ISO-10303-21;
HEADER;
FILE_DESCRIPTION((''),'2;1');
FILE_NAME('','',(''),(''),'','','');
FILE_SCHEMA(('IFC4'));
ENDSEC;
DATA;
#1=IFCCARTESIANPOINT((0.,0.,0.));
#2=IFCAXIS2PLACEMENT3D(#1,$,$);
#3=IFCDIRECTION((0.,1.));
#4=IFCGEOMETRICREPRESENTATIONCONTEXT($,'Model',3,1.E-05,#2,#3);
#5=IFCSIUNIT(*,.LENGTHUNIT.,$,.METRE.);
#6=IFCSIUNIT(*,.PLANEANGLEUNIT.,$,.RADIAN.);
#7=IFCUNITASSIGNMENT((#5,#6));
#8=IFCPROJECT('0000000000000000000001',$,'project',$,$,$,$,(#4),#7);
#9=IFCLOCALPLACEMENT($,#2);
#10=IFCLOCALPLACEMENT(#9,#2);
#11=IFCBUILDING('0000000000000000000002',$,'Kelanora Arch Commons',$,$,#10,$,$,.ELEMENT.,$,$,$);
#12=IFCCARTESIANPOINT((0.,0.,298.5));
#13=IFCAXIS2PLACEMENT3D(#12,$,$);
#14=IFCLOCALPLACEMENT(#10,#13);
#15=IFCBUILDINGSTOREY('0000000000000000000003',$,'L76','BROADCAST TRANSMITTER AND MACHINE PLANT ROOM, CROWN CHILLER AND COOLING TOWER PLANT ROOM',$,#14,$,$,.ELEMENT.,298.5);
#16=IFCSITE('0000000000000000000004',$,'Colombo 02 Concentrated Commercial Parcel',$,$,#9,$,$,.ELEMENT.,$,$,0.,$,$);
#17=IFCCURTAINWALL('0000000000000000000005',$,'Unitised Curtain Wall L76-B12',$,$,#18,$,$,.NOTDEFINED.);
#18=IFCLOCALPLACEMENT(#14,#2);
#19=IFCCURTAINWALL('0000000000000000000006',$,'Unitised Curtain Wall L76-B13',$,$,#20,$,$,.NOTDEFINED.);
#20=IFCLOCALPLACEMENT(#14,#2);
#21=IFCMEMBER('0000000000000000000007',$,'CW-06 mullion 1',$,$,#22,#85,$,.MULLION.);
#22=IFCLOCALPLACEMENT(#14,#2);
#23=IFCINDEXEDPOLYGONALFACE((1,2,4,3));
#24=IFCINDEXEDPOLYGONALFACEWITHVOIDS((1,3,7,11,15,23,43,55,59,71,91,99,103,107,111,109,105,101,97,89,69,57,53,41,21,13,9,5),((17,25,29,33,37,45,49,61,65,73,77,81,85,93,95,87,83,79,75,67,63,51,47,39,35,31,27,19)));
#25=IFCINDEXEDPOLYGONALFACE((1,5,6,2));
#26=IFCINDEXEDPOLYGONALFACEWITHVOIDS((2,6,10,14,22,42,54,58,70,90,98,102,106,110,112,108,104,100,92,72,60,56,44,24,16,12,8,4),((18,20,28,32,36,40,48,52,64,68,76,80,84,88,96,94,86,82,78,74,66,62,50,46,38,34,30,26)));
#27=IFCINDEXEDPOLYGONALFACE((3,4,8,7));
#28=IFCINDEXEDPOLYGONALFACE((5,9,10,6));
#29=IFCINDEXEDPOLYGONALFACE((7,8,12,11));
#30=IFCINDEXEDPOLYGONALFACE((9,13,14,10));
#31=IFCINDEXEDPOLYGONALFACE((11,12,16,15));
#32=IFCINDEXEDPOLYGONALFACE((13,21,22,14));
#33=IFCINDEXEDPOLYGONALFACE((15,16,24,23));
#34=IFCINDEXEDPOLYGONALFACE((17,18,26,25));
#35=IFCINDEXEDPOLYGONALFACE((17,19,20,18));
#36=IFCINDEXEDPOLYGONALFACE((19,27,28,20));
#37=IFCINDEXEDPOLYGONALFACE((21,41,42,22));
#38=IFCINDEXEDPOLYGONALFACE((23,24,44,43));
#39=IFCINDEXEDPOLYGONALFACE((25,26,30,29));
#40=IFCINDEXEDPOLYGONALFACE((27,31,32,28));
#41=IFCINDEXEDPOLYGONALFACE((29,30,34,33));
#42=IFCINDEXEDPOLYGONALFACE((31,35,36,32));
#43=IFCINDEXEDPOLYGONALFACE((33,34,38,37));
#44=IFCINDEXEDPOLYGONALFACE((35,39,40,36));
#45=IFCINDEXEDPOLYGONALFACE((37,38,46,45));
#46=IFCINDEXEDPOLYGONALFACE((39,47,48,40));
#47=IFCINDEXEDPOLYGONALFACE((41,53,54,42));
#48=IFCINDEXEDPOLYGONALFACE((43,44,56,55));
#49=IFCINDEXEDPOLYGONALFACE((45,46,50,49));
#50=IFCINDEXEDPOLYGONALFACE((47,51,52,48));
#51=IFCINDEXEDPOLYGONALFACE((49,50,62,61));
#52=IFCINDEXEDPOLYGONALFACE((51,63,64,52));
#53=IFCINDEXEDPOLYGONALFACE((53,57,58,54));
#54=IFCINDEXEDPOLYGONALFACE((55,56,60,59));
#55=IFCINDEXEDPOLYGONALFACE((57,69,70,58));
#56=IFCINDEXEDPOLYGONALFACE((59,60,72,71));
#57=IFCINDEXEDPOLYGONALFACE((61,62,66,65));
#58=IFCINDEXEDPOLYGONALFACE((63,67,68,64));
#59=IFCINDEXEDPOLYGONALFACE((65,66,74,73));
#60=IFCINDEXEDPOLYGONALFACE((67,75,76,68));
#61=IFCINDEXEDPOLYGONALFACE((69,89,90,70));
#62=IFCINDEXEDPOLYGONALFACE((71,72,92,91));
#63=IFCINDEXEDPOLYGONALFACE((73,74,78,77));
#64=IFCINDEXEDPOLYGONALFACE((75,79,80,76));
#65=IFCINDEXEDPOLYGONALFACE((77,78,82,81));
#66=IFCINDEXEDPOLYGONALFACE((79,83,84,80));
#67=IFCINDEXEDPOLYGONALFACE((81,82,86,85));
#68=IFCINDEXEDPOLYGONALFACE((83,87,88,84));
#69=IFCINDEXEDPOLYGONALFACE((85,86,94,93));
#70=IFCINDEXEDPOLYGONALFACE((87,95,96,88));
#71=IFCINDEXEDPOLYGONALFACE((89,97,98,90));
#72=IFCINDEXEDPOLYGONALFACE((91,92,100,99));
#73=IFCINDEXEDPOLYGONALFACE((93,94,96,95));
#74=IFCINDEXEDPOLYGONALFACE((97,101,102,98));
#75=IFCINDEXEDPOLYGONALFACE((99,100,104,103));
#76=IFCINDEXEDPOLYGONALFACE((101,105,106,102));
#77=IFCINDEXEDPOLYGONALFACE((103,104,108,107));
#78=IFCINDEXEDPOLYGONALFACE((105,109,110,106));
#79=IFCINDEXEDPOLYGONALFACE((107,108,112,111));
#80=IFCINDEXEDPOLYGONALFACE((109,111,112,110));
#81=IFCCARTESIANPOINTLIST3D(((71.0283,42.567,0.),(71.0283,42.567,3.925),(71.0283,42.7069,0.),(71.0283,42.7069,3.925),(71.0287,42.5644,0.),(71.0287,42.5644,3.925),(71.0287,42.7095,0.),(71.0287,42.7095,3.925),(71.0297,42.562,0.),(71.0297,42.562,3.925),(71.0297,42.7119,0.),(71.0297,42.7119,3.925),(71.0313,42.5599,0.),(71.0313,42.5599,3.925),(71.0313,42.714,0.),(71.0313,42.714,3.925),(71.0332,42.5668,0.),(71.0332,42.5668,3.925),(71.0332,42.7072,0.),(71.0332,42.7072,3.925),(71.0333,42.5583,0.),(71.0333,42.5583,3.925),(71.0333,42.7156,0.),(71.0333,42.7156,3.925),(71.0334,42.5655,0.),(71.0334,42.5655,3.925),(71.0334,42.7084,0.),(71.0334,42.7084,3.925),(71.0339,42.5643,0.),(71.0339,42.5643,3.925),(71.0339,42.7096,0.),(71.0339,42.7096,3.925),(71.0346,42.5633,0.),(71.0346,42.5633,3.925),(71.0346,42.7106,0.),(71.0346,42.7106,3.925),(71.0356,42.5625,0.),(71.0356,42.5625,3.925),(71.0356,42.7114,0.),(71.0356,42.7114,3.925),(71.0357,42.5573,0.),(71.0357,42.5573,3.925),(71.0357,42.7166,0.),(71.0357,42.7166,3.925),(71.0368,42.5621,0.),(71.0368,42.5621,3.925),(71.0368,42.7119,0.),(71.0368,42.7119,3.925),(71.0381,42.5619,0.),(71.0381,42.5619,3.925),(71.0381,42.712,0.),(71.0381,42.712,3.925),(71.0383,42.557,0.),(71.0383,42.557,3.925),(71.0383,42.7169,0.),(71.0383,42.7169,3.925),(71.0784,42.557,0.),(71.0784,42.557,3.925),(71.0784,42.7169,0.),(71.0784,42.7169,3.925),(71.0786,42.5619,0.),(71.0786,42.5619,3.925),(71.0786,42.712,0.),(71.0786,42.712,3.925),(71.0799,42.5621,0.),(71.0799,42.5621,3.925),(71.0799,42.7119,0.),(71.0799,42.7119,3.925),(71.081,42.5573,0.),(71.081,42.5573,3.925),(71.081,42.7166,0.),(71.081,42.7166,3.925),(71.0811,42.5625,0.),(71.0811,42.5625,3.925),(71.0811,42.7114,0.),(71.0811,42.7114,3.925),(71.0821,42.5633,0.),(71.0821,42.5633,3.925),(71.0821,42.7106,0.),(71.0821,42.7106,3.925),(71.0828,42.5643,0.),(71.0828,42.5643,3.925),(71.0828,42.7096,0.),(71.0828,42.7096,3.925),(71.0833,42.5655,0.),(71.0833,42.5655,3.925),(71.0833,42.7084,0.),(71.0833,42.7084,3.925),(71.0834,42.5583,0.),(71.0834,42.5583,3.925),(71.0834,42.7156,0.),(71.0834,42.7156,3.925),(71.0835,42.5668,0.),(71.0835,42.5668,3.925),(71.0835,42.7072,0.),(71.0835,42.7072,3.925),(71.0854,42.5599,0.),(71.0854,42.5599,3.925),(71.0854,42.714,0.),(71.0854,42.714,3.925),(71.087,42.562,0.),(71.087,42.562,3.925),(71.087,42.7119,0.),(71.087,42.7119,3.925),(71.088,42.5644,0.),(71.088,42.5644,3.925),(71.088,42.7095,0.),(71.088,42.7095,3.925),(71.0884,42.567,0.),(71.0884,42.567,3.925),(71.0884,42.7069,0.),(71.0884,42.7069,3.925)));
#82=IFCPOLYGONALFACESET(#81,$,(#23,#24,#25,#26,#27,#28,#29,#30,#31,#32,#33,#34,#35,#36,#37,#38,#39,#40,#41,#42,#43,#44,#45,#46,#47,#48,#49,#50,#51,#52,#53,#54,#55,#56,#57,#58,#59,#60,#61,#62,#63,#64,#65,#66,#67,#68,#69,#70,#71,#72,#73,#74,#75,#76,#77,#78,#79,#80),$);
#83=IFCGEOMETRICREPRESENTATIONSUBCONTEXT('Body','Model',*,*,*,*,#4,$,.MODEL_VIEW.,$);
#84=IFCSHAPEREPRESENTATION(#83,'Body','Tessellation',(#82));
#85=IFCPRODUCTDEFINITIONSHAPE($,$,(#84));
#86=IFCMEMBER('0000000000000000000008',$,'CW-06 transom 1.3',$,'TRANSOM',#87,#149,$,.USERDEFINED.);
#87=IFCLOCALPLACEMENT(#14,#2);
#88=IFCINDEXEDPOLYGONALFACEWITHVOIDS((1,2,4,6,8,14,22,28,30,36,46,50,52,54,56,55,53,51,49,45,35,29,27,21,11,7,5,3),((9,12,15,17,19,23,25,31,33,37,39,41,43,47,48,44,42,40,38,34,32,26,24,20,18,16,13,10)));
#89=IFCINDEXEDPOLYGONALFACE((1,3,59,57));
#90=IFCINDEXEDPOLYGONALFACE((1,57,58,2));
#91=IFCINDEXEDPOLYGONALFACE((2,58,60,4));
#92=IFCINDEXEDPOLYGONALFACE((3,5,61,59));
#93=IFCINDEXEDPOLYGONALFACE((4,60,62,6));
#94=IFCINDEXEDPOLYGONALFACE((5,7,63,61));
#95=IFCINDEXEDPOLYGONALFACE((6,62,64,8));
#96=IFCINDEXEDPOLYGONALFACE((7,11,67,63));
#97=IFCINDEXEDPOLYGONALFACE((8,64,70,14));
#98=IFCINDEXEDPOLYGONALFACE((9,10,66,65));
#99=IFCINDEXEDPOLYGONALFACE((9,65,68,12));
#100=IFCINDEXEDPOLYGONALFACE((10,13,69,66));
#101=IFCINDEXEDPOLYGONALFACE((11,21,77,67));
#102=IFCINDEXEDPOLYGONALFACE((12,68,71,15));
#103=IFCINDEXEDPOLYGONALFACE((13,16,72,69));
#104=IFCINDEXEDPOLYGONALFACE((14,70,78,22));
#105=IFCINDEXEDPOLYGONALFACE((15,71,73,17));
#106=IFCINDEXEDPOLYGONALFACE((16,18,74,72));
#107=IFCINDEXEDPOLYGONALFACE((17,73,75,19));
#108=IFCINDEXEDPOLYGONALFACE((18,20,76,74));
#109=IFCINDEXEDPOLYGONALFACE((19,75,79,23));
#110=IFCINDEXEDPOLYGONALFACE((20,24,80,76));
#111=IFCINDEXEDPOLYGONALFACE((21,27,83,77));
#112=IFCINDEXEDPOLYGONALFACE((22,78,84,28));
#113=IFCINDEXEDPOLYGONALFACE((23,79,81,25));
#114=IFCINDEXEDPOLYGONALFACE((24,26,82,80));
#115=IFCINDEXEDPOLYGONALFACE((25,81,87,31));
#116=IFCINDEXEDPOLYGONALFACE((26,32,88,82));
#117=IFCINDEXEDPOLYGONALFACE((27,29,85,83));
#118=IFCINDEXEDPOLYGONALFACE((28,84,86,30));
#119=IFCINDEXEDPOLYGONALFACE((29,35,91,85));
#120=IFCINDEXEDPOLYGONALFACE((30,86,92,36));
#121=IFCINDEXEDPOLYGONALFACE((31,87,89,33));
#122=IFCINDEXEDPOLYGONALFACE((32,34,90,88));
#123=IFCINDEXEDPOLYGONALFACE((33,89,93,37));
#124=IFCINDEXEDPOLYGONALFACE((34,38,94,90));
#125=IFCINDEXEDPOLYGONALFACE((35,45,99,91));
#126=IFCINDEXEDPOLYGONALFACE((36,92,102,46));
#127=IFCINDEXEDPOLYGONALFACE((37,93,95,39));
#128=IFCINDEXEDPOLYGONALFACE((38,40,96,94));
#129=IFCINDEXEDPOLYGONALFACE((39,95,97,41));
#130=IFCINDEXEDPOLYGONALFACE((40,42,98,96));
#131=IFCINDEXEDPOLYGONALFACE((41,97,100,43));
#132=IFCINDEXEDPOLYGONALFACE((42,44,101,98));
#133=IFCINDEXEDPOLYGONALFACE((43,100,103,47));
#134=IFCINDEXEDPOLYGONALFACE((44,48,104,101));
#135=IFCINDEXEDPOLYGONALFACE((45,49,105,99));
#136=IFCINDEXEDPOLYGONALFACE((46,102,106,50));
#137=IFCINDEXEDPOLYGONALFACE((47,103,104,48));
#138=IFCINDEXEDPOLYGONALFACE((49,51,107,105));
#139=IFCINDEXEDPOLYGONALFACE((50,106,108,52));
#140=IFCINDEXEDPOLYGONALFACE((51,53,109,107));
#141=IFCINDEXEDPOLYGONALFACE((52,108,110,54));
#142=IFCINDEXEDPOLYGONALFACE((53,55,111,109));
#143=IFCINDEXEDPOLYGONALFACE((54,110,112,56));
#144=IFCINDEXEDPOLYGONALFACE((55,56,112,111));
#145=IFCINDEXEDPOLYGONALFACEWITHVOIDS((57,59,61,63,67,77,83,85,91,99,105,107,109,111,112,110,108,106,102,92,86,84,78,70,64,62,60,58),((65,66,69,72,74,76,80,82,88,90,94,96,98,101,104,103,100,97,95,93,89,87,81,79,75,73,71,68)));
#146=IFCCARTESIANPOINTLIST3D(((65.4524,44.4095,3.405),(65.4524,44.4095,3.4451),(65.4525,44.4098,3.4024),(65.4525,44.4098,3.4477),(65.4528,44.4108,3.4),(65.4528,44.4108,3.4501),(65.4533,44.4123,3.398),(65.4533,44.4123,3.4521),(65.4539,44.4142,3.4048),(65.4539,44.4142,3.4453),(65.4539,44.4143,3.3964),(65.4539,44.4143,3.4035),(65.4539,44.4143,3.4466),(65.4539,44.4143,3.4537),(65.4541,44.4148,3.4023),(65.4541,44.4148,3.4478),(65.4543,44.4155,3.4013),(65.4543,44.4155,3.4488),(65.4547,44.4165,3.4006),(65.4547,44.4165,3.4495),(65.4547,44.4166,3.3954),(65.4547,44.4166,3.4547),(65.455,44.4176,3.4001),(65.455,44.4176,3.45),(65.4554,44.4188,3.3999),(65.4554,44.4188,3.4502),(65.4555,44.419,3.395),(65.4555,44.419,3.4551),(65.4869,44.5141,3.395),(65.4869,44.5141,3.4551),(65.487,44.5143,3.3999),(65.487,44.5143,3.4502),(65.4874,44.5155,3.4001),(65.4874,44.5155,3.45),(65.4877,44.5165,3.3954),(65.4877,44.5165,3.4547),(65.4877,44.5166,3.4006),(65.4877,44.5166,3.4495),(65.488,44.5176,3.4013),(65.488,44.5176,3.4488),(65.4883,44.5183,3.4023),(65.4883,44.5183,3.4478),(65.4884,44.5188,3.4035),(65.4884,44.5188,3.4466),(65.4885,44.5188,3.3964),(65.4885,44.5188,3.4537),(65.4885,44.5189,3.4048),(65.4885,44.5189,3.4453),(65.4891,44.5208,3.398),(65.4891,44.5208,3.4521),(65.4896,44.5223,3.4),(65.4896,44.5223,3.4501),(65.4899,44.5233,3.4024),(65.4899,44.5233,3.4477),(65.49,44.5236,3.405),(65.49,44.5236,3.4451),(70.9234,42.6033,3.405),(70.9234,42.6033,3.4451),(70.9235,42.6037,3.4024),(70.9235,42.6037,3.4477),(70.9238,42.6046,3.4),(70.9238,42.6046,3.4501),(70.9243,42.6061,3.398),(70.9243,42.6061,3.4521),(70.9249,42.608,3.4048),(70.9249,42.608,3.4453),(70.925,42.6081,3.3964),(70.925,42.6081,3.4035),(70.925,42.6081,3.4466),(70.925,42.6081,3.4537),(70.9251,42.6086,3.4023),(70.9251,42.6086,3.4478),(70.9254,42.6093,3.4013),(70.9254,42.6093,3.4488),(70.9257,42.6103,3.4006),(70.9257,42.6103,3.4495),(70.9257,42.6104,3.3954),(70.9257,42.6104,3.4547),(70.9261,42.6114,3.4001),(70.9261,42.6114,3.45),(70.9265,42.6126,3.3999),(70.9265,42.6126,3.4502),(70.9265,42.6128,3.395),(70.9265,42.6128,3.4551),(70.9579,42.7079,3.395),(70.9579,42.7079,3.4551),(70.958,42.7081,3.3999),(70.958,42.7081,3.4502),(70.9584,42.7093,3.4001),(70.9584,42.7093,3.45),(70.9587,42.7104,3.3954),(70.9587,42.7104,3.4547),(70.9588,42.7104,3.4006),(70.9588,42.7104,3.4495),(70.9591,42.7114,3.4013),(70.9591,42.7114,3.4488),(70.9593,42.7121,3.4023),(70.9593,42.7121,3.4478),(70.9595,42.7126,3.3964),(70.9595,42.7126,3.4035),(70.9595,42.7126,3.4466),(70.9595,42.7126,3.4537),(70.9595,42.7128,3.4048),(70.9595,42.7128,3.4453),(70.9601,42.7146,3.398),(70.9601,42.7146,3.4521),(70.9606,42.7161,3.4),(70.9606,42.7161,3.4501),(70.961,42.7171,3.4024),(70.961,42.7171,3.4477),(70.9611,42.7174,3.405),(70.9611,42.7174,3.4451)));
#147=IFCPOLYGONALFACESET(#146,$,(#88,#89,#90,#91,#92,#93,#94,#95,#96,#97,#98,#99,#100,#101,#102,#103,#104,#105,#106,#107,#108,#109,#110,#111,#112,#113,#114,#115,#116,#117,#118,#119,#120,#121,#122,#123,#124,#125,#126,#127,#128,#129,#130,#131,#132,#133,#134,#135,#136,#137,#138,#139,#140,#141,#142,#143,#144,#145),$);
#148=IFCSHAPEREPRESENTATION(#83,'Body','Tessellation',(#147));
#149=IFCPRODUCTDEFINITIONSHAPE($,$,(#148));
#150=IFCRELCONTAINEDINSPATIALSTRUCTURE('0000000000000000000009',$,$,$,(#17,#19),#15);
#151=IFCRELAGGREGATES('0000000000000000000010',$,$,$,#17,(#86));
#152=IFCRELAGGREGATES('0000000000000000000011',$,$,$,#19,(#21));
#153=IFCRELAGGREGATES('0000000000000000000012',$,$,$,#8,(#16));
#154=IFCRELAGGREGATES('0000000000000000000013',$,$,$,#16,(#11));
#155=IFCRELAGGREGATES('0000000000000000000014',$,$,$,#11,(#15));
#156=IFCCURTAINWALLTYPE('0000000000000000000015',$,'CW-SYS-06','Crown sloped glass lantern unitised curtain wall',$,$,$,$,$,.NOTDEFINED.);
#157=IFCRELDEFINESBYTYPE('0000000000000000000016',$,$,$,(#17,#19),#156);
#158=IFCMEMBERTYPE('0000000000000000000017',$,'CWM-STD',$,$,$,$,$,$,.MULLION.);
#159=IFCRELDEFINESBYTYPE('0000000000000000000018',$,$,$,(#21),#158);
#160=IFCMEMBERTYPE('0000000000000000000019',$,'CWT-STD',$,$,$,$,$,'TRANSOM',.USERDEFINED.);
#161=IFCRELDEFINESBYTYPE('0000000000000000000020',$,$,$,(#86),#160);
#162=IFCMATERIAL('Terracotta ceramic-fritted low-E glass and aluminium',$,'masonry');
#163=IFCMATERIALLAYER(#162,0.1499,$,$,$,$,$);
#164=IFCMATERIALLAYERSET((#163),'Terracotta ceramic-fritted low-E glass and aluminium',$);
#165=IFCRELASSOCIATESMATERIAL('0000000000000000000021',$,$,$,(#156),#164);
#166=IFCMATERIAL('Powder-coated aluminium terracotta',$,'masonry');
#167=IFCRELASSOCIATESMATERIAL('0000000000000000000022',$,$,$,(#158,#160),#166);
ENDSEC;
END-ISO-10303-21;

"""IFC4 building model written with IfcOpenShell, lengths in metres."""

from ifc_helpers import new_model, si_unit, direction, frame, origin, origin_2d, place, context, subcontext, project, spatial, hollow_rectangle, extrude, material, layer, layer_set, material_profile, profile_set, type_object, element, aggregate, save


model = new_model("IFC4")

# Units and contexts
model_context = context("Model", 3, precision=1e-05, world=origin(), true_north=direction((0.0, 1.0)))
body_context = subcontext(model_context, "Body", "Model", "MODEL_VIEW")
ifc_project = project(units=[si_unit("LENGTHUNIT", "METRE"), si_unit("PLANEANGLEUNIT", "RADIAN")], contexts=[model_context])

# Site, building, storey
site_placement = place(None, origin())
site = spatial("IfcSite", under=ifc_project, at=site_placement, Name="Colombo 02 Concentrated Commercial Parcel", CompositionType="ELEMENT", RefElevation=0.0)
building_placement = place(site_placement, origin())
building = spatial("IfcBuilding", under=site, at=building_placement, Name="Kelanora Arch Commons", CompositionType="ELEMENT")
storey_placement = place(building_placement, frame((0.0, 0.0, 298.5)))
storey = spatial("IfcBuildingStorey", under=building, at=storey_placement, Name="L76", Description="BROADCAST TRANSMITTER AND MACHINE PLANT ROOM, CROWN CHILLER AND COOLING TOWER PLANT ROOM", CompositionType="ELEMENT", Elevation=298.5)

# Curtain walls, member
ifc_material_1 = material(Name="Terracotta ceramic-fritted low-E glass and aluminium", Category="masonry")
ifc_layer_1 = layer(ifc_material_1, 0.1499)
ifc_layer_set_1 = layer_set([ifc_layer_1], Name="Terracotta ceramic-fritted low-E glass and aluminium")
curtain_wall_type = type_object("IfcCurtainWallType", Name="CW-SYS-06", Description="Crown sloped glass lantern unitised curtain wall", PredefinedType="NOTDEFINED", material=ifc_layer_set_1)
curtain_wall_1_placement = place(storey_placement, origin())
curtain_wall_1 = element("IfcCurtainWall", 1, at=curtain_wall_1_placement, inside=storey, type_object=curtain_wall_type, Name="Unitised Curtain Wall L76-B12", PredefinedType="NOTDEFINED")
ifc_material_2 = material(Name="Powder-coated aluminium terracotta", Category="masonry")
ifc_material_profile_1 = material_profile(ifc_material_2, hollow_rectangle(XDim=0.1599, YDim=0.0601, WallThickness=0.0049, InnerFilletRadius=0.0049, OuterFilletRadius=0.01, at=origin_2d()), Name="CWM160x60")
ifc_profile_set_1 = profile_set([ifc_material_profile_1], Name="Powder-coated aluminium terracotta")
member_type_1 = type_object("IfcMemberType", Name="CWM-STD", PredefinedType="MULLION", material=ifc_profile_set_1)
curtain_wall_2_placement = place(storey_placement, origin())
curtain_wall_2 = element("IfcCurtainWall", 2, at=curtain_wall_2_placement, inside=storey, type_object=curtain_wall_type, Name="Unitised Curtain Wall L76-B13", PredefinedType="NOTDEFINED")
member_1_placement = place(storey_placement, frame((71.0583, 42.637, 0.0), z_axis=(0.0, 0.0, 1.0), x_axis=(0.0, 1.0, 0.0)))
member_1 = element("IfcMember", 3, at=member_1_placement, type_object=member_type_1, Name="CW-06 mullion 1", PredefinedType="MULLION", context=body_context, shape_type="SweptSolid", body=[
    extrude(hollow_rectangle(XDim=0.1599, YDim=0.0601, WallThickness=0.0049, InnerFilletRadius=0.0049, OuterFilletRadius=0.01, at=origin_2d()), origin(), (0.0, 0.0, 1.0), 3.925),
])

# Member
ifc_material_profile_2 = material_profile(ifc_material_2, hollow_rectangle(XDim=0.1201, YDim=0.0601, WallThickness=0.0049, InnerFilletRadius=0.0049, OuterFilletRadius=0.01, at=origin_2d()), Name="CWT120x60")
ifc_profile_set_2 = profile_set([ifc_material_profile_2], Name="Powder-coated aluminium terracotta")
member_type_2 = type_object("IfcMemberType", Name="CWT-STD", ElementType="TRANSOM", PredefinedType="USERDEFINED", material=ifc_profile_set_2)
member_2_placement = place(storey_placement, frame((65.4712, 44.4666, 3.425), z_axis=(0.94959, -0.313493, 0.0), x_axis=(0.313493, 0.94959, 0.0)))
member_2 = element("IfcMember", 4, at=member_2_placement, type_object=member_type_2, Name="CW-06 transom 1.3", ObjectType="TRANSOM", PredefinedType="USERDEFINED", context=body_context, shape_type="SweptSolid", body=[
    extrude(hollow_rectangle(XDim=0.1201, YDim=0.0601, WallThickness=0.0049, InnerFilletRadius=0.0049, OuterFilletRadius=0.01, at=origin_2d()), origin(), (0.0, 0.0, 1.0), 5.7615),
])

aggregate(curtain_wall_1, [member_2])
aggregate(curtain_wall_2, [member_1])

save(model, "model.ifc")
